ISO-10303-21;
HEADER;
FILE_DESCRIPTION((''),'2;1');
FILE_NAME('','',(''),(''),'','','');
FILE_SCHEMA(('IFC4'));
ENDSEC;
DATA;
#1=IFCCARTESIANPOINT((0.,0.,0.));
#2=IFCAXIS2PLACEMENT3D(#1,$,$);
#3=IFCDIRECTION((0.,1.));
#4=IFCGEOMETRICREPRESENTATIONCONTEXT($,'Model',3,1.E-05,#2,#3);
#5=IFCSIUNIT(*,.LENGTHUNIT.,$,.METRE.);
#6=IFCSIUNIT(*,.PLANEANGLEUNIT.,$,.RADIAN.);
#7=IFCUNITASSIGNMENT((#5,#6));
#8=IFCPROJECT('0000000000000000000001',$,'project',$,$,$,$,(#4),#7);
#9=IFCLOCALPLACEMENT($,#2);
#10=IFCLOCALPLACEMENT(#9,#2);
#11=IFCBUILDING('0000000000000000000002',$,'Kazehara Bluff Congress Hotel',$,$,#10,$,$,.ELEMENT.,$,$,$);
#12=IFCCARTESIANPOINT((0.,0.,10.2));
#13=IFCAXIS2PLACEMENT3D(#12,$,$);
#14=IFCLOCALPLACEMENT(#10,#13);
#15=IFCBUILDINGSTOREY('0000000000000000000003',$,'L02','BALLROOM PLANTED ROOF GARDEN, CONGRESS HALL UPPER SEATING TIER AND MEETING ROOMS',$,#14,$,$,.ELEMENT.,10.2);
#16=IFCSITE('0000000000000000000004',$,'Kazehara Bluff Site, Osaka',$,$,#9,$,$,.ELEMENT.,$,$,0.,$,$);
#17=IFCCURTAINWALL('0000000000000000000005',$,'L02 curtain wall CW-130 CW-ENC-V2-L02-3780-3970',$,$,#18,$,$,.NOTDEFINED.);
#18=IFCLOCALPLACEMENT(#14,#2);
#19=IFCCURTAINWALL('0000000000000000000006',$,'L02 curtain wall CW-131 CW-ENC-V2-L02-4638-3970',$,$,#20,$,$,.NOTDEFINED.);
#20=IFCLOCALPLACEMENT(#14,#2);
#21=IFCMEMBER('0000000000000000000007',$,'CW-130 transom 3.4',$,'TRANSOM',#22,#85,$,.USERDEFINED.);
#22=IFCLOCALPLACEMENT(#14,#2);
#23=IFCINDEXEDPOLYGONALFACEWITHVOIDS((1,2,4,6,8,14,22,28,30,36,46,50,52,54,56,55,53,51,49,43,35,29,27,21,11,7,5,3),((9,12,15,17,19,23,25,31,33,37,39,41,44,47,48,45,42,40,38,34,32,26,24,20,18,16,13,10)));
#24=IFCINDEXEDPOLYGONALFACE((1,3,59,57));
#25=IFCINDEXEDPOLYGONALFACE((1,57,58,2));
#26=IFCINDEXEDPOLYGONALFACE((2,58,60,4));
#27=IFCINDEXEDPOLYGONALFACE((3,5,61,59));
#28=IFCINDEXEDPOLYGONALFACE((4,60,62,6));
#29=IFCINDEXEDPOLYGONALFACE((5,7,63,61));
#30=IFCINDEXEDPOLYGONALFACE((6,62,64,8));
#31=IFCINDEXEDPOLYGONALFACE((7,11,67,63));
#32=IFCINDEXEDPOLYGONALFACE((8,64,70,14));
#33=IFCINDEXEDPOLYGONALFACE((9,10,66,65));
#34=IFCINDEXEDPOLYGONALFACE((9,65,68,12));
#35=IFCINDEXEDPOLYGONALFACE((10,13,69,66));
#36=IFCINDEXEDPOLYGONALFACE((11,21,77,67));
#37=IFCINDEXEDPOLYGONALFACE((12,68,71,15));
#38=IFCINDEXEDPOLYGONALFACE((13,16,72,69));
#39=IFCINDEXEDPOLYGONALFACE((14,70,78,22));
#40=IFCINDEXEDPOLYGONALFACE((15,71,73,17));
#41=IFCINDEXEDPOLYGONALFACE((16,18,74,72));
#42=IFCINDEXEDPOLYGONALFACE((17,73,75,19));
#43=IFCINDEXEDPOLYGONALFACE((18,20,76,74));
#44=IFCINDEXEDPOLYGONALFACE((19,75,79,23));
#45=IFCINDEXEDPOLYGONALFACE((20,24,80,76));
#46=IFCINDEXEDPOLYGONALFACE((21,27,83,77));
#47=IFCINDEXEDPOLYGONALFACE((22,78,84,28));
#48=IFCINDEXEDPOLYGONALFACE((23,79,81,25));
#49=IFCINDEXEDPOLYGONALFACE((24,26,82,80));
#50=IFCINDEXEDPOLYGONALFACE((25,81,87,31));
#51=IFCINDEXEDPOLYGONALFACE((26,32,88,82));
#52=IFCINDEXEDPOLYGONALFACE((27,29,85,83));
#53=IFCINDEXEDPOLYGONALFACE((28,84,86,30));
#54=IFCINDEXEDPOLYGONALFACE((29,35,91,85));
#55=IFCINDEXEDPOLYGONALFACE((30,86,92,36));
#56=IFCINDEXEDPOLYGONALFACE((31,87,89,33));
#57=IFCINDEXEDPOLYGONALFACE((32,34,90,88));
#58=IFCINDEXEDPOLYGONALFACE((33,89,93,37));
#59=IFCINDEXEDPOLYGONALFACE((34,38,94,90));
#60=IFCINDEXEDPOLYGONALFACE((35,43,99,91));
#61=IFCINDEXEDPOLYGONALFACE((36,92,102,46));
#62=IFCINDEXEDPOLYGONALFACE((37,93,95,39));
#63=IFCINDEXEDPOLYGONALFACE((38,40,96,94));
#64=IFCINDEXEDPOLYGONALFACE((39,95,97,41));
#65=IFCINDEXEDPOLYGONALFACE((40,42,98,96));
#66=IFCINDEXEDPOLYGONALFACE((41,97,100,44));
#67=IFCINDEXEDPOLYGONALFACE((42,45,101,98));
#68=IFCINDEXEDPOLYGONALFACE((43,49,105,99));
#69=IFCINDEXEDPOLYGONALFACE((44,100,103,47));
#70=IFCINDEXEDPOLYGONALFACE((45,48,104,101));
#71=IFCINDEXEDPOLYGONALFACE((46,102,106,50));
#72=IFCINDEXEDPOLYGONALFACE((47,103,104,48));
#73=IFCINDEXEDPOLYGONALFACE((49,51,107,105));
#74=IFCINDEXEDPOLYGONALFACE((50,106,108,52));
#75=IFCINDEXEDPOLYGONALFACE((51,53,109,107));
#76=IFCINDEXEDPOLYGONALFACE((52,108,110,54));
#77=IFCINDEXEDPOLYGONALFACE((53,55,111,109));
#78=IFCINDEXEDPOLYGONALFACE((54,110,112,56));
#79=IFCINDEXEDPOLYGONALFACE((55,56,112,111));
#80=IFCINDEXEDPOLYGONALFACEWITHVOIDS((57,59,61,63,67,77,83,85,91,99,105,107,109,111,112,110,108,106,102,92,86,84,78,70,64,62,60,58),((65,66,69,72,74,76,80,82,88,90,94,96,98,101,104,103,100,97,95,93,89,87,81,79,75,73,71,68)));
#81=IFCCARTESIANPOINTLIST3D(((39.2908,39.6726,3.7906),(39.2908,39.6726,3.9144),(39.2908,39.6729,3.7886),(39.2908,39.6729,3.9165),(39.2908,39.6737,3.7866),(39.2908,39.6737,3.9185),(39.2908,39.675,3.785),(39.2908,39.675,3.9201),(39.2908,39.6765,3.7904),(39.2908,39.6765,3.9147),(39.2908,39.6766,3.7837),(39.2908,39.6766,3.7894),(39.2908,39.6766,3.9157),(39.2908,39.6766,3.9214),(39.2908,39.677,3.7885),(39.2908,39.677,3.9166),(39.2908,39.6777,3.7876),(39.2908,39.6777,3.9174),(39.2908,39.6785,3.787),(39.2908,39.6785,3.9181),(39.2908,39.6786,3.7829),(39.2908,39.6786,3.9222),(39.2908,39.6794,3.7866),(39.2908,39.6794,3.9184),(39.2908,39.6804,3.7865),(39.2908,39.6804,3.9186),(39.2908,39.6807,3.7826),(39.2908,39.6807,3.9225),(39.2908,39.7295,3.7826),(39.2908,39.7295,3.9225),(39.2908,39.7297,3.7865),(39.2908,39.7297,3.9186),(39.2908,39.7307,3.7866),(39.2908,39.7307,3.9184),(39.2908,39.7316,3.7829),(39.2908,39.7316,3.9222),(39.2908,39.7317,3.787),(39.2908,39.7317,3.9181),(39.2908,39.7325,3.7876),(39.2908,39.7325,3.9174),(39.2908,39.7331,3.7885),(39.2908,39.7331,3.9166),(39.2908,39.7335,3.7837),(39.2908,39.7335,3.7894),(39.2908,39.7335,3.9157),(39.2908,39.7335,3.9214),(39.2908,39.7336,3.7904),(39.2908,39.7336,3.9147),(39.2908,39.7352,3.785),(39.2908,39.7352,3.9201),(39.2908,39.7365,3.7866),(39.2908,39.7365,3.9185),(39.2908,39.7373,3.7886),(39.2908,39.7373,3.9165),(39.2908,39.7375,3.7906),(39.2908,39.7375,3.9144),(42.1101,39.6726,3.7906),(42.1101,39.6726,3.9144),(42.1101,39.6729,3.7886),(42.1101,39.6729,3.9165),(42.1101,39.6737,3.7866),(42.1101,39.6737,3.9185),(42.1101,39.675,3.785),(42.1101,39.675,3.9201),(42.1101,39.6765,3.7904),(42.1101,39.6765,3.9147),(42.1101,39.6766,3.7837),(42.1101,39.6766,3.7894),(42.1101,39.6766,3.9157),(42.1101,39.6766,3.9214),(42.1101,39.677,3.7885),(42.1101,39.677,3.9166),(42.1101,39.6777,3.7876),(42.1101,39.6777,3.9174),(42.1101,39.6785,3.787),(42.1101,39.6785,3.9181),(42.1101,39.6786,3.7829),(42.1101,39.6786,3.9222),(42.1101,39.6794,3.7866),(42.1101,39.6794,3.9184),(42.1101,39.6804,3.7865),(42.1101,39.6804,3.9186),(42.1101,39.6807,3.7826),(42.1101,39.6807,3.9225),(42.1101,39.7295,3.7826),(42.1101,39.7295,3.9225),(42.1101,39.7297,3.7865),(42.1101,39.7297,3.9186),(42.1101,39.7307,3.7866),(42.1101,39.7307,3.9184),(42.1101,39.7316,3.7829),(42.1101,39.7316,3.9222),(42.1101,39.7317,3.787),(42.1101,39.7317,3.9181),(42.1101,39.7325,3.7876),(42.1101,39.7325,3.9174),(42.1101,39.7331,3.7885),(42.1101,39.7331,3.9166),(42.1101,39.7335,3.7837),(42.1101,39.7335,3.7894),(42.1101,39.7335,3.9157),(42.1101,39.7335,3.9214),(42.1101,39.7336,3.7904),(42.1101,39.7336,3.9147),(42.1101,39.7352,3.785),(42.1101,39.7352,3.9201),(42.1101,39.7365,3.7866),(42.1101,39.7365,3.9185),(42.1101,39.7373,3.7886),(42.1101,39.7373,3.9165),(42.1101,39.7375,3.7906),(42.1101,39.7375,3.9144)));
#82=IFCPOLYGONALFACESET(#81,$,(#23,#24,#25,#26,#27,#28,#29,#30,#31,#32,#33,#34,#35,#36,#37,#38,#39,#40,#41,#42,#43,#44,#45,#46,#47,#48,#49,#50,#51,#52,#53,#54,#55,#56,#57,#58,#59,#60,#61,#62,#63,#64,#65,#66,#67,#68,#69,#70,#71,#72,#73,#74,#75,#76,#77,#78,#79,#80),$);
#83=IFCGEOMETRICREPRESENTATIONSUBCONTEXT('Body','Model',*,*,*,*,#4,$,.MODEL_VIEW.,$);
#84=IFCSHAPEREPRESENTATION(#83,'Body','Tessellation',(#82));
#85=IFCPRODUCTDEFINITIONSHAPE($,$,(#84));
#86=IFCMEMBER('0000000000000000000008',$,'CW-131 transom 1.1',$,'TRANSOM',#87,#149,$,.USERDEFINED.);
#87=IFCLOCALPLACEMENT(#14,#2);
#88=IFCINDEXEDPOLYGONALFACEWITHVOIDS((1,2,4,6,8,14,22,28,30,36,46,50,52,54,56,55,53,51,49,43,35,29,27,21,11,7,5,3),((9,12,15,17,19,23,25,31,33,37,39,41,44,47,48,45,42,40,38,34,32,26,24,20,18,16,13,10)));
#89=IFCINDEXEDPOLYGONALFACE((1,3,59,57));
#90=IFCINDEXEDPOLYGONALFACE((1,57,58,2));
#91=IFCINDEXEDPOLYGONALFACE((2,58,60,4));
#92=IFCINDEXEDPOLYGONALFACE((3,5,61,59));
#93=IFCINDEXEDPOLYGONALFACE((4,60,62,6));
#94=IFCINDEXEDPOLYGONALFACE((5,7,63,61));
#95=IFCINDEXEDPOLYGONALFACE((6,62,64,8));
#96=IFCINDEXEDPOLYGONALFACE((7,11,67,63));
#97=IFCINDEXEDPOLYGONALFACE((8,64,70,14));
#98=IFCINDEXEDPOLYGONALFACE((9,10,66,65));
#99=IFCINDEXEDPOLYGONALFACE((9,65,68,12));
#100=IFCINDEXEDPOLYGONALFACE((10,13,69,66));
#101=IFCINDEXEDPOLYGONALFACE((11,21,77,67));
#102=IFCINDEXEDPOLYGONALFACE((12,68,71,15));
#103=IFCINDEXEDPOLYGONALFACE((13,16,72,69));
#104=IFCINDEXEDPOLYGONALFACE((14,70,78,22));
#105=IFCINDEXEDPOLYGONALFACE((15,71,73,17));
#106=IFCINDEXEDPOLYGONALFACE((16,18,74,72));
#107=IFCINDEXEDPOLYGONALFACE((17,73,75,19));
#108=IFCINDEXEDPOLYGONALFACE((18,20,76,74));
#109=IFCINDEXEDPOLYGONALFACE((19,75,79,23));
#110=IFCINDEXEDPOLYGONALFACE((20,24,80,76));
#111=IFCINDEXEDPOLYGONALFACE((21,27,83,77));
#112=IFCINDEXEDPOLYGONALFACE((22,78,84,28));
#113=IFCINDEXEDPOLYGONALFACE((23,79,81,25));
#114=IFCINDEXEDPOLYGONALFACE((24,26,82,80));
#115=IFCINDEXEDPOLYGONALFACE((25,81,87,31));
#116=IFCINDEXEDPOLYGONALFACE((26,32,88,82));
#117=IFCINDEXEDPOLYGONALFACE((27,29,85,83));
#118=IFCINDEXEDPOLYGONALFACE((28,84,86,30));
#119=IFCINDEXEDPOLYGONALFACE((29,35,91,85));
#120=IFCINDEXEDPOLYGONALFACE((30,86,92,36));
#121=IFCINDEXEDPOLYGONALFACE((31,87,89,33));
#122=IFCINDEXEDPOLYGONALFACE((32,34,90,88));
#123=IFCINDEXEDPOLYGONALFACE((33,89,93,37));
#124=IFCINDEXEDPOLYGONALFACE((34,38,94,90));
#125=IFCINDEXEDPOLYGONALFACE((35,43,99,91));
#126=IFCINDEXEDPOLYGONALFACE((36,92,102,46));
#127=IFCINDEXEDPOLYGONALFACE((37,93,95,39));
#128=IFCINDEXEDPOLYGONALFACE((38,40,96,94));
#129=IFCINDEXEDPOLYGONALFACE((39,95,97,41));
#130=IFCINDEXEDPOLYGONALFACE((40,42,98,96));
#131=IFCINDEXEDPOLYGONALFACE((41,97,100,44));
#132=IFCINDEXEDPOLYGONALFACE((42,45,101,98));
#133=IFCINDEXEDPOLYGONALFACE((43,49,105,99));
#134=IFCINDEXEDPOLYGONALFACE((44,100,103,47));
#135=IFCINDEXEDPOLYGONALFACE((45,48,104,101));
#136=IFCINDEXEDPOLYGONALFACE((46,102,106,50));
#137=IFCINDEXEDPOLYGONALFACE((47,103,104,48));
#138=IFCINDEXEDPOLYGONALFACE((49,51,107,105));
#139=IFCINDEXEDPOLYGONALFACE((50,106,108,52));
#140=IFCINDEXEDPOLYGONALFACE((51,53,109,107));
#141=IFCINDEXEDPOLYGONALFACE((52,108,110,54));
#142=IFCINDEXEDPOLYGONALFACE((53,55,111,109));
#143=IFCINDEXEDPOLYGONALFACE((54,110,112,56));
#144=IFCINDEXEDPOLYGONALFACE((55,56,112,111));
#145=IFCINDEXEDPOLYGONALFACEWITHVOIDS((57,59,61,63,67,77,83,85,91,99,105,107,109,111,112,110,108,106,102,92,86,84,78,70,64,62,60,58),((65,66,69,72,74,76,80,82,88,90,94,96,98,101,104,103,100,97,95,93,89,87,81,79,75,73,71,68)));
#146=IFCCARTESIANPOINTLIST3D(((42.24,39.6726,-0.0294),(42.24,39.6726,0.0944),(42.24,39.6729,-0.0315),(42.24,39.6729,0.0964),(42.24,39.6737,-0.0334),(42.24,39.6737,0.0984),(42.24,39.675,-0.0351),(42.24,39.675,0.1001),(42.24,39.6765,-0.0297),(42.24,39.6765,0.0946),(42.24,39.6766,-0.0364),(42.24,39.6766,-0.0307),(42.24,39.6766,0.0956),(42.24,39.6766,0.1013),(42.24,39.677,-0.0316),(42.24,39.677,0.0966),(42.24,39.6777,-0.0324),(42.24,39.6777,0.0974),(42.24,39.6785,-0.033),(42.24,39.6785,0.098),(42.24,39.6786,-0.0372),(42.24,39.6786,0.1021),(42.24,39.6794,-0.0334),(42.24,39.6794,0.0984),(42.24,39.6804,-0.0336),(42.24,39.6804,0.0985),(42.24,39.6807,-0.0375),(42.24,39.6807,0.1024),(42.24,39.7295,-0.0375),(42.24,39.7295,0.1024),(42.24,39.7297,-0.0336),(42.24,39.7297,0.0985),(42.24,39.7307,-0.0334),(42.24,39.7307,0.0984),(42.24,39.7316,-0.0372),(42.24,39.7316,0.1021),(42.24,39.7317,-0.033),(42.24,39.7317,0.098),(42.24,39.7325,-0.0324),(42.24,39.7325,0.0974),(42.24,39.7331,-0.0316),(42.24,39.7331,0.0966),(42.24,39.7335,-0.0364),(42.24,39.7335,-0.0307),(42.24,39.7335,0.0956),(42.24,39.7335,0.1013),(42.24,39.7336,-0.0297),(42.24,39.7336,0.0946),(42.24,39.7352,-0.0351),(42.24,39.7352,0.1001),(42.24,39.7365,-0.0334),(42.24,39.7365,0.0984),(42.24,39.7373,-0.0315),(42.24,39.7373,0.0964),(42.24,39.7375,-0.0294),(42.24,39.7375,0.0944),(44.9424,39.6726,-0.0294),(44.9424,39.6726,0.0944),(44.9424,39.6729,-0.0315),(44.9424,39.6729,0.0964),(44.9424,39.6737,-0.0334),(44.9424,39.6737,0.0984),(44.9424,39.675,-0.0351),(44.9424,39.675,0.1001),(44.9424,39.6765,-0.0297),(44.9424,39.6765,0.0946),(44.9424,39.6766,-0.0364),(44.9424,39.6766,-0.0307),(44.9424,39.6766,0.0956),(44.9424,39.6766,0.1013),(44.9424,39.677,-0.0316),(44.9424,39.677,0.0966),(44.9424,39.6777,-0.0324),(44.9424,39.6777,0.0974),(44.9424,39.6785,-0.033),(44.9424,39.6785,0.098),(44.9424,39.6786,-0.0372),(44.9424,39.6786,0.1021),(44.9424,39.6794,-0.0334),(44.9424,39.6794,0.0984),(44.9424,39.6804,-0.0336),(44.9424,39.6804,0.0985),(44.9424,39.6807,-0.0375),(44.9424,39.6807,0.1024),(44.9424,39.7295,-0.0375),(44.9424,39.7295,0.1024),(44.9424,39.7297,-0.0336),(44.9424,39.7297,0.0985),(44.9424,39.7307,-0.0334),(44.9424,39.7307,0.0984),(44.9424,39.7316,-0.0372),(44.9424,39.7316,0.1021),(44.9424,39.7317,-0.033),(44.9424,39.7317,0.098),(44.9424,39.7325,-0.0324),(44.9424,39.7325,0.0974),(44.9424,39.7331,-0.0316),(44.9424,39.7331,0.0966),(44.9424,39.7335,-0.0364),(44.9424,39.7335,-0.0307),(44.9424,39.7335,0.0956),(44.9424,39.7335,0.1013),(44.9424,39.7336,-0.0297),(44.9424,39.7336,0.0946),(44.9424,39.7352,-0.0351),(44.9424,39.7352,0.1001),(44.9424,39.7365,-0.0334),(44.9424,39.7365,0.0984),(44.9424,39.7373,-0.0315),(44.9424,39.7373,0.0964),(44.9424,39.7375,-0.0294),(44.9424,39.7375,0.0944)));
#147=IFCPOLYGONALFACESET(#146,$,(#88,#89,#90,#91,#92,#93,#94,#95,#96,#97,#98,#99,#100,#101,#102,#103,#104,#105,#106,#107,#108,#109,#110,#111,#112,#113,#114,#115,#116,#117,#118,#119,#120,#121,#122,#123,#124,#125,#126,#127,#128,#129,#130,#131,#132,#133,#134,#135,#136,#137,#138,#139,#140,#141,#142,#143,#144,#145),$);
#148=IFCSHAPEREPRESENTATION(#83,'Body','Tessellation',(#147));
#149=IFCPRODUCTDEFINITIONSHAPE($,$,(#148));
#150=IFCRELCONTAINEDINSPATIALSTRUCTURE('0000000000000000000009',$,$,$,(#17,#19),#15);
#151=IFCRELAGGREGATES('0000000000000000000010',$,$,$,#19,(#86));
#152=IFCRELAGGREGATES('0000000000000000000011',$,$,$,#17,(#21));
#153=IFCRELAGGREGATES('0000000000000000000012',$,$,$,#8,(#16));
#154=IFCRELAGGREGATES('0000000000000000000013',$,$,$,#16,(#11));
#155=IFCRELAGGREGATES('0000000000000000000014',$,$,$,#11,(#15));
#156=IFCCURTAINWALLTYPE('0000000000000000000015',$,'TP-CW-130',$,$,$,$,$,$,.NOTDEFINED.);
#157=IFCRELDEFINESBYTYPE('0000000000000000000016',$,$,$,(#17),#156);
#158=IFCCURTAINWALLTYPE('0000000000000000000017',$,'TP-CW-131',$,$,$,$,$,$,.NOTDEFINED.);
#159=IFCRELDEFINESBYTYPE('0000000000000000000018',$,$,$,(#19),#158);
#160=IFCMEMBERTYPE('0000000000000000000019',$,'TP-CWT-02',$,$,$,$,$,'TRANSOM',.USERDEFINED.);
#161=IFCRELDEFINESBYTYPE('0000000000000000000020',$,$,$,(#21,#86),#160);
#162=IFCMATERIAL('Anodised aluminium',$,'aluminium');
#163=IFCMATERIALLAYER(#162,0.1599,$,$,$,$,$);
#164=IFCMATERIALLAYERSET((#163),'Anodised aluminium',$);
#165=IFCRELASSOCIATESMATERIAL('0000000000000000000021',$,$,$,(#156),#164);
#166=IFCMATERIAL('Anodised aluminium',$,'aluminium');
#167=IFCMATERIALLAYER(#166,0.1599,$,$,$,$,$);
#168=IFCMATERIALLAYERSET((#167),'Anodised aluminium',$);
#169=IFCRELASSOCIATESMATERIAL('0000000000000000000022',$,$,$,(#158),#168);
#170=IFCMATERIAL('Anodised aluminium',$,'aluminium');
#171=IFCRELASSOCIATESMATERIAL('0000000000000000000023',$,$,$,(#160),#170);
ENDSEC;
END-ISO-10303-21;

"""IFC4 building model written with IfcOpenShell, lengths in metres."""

from ifc_helpers import new_model, si_unit, direction, frame, origin, origin_2d, place, context, subcontext, project, spatial, hollow_rectangle, extrude, material, layer, layer_set, material_profile, profile_set, type_object, element, aggregate, save


model = new_model("IFC4")

# Units and contexts
model_context = context("Model", 3, precision=1e-05, world=origin(), true_north=direction((0.0, 1.0)))
body_context = subcontext(model_context, "Body", "Model", "MODEL_VIEW")
ifc_project = project(units=[si_unit("LENGTHUNIT", "METRE"), si_unit("PLANEANGLEUNIT", "RADIAN")], contexts=[model_context])

# Site, building, storey
site_placement = place(None, origin())
site = spatial("IfcSite", under=ifc_project, at=site_placement, Name="Kazehara Bluff Site, Osaka", CompositionType="ELEMENT", RefElevation=0.0)
building_placement = place(site_placement, origin())
building = spatial("IfcBuilding", under=site, at=building_placement, Name="Kazehara Bluff Congress Hotel", CompositionType="ELEMENT")
storey_placement = place(building_placement, frame((0.0, 0.0, 10.2)))
storey = spatial("IfcBuildingStorey", under=building, at=storey_placement, Name="L02", Description="BALLROOM PLANTED ROOF GARDEN, CONGRESS HALL UPPER SEATING TIER AND MEETING ROOMS", CompositionType="ELEMENT", Elevation=10.2)

# Curtain wall
ifc_material_1 = material(Name="Anodised aluminium", Category="aluminium")
ifc_layer_1 = layer(ifc_material_1, 0.1599)
ifc_layer_set_1 = layer_set([ifc_layer_1], Name="Anodised aluminium")
curtain_wall_type_1 = type_object("IfcCurtainWallType", Name="TP-CW-130", PredefinedType="NOTDEFINED", material=ifc_layer_set_1)
curtain_wall_1_placement = place(storey_placement, origin())
curtain_wall_1 = element("IfcCurtainWall", 1, at=curtain_wall_1_placement, inside=storey, type_object=curtain_wall_type_1, Name="L02 curtain wall CW-130 CW-ENC-V2-L02-3780-3970", PredefinedType="NOTDEFINED")

# Curtain wall
ifc_material_2 = material(Name="Anodised aluminium", Category="aluminium")
ifc_layer_2 = layer(ifc_material_2, 0.1599)
ifc_layer_set_2 = layer_set([ifc_layer_2], Name="Anodised aluminium")
curtain_wall_type_2 = type_object("IfcCurtainWallType", Name="TP-CW-131", PredefinedType="NOTDEFINED", material=ifc_layer_set_2)
curtain_wall_2_placement = place(storey_placement, origin())
curtain_wall_2 = element("IfcCurtainWall", 2, at=curtain_wall_2_placement, inside=storey, type_object=curtain_wall_type_2, Name="L02 curtain wall CW-131 CW-ENC-V2-L02-4638-3970", PredefinedType="NOTDEFINED")

# Members
ifc_material_3 = material(Name="Anodised aluminium", Category="aluminium")
ifc_material_profile_1 = material_profile(ifc_material_3, hollow_rectangle(XDim=0.0649, YDim=0.1399, WallThickness=0.0039, InnerFilletRadius=0.0039, OuterFilletRadius=0.0081, at=origin_2d()))
ifc_profile_set_1 = profile_set([ifc_material_profile_1], Name="Anodised aluminium")
member_type_1 = type_object("IfcMemberType", Name="TP-CWT-02", ElementType="TRANSOM", PredefinedType="USERDEFINED", material=ifc_profile_set_1)
member_1_placement = place(storey_placement, frame((39.2908, 39.7051, 3.8525), z_axis=(1.0, 0.0, 0.0), x_axis=(0.0, 1.0, 0.0)))
member_1 = element("IfcMember", 3, at=member_1_placement, type_object=member_type_1, Name="CW-130 transom 3.4", ObjectType="TRANSOM", PredefinedType="USERDEFINED", context=body_context, shape_type="SweptSolid", body=[
    extrude(hollow_rectangle(XDim=0.0649, YDim=0.1399, WallThickness=0.0039, InnerFilletRadius=0.0039, OuterFilletRadius=0.0081, at=origin_2d()), origin(), (0.0, 0.0, 1.0), 2.8193),
])
member_2_placement = place(storey_placement, frame((42.24, 39.7051, 0.0325), z_axis=(1.0, 0.0, 0.0), x_axis=(0.0, 1.0, 0.0)))
member_2 = element("IfcMember", 4, at=member_2_placement, type_object=member_type_1, Name="CW-131 transom 1.1", ObjectType="TRANSOM", PredefinedType="USERDEFINED", context=body_context, shape_type="SweptSolid", body=[
    extrude(hollow_rectangle(XDim=0.0649, YDim=0.1399, WallThickness=0.0039, InnerFilletRadius=0.0039, OuterFilletRadius=0.0081, at=origin_2d()), origin(), (0.0, 0.0, 1.0), 2.7024),
])
aggregate(curtain_wall_2, [member_2])

aggregate(curtain_wall_1, [member_1])

save(model, "model.ifc")
